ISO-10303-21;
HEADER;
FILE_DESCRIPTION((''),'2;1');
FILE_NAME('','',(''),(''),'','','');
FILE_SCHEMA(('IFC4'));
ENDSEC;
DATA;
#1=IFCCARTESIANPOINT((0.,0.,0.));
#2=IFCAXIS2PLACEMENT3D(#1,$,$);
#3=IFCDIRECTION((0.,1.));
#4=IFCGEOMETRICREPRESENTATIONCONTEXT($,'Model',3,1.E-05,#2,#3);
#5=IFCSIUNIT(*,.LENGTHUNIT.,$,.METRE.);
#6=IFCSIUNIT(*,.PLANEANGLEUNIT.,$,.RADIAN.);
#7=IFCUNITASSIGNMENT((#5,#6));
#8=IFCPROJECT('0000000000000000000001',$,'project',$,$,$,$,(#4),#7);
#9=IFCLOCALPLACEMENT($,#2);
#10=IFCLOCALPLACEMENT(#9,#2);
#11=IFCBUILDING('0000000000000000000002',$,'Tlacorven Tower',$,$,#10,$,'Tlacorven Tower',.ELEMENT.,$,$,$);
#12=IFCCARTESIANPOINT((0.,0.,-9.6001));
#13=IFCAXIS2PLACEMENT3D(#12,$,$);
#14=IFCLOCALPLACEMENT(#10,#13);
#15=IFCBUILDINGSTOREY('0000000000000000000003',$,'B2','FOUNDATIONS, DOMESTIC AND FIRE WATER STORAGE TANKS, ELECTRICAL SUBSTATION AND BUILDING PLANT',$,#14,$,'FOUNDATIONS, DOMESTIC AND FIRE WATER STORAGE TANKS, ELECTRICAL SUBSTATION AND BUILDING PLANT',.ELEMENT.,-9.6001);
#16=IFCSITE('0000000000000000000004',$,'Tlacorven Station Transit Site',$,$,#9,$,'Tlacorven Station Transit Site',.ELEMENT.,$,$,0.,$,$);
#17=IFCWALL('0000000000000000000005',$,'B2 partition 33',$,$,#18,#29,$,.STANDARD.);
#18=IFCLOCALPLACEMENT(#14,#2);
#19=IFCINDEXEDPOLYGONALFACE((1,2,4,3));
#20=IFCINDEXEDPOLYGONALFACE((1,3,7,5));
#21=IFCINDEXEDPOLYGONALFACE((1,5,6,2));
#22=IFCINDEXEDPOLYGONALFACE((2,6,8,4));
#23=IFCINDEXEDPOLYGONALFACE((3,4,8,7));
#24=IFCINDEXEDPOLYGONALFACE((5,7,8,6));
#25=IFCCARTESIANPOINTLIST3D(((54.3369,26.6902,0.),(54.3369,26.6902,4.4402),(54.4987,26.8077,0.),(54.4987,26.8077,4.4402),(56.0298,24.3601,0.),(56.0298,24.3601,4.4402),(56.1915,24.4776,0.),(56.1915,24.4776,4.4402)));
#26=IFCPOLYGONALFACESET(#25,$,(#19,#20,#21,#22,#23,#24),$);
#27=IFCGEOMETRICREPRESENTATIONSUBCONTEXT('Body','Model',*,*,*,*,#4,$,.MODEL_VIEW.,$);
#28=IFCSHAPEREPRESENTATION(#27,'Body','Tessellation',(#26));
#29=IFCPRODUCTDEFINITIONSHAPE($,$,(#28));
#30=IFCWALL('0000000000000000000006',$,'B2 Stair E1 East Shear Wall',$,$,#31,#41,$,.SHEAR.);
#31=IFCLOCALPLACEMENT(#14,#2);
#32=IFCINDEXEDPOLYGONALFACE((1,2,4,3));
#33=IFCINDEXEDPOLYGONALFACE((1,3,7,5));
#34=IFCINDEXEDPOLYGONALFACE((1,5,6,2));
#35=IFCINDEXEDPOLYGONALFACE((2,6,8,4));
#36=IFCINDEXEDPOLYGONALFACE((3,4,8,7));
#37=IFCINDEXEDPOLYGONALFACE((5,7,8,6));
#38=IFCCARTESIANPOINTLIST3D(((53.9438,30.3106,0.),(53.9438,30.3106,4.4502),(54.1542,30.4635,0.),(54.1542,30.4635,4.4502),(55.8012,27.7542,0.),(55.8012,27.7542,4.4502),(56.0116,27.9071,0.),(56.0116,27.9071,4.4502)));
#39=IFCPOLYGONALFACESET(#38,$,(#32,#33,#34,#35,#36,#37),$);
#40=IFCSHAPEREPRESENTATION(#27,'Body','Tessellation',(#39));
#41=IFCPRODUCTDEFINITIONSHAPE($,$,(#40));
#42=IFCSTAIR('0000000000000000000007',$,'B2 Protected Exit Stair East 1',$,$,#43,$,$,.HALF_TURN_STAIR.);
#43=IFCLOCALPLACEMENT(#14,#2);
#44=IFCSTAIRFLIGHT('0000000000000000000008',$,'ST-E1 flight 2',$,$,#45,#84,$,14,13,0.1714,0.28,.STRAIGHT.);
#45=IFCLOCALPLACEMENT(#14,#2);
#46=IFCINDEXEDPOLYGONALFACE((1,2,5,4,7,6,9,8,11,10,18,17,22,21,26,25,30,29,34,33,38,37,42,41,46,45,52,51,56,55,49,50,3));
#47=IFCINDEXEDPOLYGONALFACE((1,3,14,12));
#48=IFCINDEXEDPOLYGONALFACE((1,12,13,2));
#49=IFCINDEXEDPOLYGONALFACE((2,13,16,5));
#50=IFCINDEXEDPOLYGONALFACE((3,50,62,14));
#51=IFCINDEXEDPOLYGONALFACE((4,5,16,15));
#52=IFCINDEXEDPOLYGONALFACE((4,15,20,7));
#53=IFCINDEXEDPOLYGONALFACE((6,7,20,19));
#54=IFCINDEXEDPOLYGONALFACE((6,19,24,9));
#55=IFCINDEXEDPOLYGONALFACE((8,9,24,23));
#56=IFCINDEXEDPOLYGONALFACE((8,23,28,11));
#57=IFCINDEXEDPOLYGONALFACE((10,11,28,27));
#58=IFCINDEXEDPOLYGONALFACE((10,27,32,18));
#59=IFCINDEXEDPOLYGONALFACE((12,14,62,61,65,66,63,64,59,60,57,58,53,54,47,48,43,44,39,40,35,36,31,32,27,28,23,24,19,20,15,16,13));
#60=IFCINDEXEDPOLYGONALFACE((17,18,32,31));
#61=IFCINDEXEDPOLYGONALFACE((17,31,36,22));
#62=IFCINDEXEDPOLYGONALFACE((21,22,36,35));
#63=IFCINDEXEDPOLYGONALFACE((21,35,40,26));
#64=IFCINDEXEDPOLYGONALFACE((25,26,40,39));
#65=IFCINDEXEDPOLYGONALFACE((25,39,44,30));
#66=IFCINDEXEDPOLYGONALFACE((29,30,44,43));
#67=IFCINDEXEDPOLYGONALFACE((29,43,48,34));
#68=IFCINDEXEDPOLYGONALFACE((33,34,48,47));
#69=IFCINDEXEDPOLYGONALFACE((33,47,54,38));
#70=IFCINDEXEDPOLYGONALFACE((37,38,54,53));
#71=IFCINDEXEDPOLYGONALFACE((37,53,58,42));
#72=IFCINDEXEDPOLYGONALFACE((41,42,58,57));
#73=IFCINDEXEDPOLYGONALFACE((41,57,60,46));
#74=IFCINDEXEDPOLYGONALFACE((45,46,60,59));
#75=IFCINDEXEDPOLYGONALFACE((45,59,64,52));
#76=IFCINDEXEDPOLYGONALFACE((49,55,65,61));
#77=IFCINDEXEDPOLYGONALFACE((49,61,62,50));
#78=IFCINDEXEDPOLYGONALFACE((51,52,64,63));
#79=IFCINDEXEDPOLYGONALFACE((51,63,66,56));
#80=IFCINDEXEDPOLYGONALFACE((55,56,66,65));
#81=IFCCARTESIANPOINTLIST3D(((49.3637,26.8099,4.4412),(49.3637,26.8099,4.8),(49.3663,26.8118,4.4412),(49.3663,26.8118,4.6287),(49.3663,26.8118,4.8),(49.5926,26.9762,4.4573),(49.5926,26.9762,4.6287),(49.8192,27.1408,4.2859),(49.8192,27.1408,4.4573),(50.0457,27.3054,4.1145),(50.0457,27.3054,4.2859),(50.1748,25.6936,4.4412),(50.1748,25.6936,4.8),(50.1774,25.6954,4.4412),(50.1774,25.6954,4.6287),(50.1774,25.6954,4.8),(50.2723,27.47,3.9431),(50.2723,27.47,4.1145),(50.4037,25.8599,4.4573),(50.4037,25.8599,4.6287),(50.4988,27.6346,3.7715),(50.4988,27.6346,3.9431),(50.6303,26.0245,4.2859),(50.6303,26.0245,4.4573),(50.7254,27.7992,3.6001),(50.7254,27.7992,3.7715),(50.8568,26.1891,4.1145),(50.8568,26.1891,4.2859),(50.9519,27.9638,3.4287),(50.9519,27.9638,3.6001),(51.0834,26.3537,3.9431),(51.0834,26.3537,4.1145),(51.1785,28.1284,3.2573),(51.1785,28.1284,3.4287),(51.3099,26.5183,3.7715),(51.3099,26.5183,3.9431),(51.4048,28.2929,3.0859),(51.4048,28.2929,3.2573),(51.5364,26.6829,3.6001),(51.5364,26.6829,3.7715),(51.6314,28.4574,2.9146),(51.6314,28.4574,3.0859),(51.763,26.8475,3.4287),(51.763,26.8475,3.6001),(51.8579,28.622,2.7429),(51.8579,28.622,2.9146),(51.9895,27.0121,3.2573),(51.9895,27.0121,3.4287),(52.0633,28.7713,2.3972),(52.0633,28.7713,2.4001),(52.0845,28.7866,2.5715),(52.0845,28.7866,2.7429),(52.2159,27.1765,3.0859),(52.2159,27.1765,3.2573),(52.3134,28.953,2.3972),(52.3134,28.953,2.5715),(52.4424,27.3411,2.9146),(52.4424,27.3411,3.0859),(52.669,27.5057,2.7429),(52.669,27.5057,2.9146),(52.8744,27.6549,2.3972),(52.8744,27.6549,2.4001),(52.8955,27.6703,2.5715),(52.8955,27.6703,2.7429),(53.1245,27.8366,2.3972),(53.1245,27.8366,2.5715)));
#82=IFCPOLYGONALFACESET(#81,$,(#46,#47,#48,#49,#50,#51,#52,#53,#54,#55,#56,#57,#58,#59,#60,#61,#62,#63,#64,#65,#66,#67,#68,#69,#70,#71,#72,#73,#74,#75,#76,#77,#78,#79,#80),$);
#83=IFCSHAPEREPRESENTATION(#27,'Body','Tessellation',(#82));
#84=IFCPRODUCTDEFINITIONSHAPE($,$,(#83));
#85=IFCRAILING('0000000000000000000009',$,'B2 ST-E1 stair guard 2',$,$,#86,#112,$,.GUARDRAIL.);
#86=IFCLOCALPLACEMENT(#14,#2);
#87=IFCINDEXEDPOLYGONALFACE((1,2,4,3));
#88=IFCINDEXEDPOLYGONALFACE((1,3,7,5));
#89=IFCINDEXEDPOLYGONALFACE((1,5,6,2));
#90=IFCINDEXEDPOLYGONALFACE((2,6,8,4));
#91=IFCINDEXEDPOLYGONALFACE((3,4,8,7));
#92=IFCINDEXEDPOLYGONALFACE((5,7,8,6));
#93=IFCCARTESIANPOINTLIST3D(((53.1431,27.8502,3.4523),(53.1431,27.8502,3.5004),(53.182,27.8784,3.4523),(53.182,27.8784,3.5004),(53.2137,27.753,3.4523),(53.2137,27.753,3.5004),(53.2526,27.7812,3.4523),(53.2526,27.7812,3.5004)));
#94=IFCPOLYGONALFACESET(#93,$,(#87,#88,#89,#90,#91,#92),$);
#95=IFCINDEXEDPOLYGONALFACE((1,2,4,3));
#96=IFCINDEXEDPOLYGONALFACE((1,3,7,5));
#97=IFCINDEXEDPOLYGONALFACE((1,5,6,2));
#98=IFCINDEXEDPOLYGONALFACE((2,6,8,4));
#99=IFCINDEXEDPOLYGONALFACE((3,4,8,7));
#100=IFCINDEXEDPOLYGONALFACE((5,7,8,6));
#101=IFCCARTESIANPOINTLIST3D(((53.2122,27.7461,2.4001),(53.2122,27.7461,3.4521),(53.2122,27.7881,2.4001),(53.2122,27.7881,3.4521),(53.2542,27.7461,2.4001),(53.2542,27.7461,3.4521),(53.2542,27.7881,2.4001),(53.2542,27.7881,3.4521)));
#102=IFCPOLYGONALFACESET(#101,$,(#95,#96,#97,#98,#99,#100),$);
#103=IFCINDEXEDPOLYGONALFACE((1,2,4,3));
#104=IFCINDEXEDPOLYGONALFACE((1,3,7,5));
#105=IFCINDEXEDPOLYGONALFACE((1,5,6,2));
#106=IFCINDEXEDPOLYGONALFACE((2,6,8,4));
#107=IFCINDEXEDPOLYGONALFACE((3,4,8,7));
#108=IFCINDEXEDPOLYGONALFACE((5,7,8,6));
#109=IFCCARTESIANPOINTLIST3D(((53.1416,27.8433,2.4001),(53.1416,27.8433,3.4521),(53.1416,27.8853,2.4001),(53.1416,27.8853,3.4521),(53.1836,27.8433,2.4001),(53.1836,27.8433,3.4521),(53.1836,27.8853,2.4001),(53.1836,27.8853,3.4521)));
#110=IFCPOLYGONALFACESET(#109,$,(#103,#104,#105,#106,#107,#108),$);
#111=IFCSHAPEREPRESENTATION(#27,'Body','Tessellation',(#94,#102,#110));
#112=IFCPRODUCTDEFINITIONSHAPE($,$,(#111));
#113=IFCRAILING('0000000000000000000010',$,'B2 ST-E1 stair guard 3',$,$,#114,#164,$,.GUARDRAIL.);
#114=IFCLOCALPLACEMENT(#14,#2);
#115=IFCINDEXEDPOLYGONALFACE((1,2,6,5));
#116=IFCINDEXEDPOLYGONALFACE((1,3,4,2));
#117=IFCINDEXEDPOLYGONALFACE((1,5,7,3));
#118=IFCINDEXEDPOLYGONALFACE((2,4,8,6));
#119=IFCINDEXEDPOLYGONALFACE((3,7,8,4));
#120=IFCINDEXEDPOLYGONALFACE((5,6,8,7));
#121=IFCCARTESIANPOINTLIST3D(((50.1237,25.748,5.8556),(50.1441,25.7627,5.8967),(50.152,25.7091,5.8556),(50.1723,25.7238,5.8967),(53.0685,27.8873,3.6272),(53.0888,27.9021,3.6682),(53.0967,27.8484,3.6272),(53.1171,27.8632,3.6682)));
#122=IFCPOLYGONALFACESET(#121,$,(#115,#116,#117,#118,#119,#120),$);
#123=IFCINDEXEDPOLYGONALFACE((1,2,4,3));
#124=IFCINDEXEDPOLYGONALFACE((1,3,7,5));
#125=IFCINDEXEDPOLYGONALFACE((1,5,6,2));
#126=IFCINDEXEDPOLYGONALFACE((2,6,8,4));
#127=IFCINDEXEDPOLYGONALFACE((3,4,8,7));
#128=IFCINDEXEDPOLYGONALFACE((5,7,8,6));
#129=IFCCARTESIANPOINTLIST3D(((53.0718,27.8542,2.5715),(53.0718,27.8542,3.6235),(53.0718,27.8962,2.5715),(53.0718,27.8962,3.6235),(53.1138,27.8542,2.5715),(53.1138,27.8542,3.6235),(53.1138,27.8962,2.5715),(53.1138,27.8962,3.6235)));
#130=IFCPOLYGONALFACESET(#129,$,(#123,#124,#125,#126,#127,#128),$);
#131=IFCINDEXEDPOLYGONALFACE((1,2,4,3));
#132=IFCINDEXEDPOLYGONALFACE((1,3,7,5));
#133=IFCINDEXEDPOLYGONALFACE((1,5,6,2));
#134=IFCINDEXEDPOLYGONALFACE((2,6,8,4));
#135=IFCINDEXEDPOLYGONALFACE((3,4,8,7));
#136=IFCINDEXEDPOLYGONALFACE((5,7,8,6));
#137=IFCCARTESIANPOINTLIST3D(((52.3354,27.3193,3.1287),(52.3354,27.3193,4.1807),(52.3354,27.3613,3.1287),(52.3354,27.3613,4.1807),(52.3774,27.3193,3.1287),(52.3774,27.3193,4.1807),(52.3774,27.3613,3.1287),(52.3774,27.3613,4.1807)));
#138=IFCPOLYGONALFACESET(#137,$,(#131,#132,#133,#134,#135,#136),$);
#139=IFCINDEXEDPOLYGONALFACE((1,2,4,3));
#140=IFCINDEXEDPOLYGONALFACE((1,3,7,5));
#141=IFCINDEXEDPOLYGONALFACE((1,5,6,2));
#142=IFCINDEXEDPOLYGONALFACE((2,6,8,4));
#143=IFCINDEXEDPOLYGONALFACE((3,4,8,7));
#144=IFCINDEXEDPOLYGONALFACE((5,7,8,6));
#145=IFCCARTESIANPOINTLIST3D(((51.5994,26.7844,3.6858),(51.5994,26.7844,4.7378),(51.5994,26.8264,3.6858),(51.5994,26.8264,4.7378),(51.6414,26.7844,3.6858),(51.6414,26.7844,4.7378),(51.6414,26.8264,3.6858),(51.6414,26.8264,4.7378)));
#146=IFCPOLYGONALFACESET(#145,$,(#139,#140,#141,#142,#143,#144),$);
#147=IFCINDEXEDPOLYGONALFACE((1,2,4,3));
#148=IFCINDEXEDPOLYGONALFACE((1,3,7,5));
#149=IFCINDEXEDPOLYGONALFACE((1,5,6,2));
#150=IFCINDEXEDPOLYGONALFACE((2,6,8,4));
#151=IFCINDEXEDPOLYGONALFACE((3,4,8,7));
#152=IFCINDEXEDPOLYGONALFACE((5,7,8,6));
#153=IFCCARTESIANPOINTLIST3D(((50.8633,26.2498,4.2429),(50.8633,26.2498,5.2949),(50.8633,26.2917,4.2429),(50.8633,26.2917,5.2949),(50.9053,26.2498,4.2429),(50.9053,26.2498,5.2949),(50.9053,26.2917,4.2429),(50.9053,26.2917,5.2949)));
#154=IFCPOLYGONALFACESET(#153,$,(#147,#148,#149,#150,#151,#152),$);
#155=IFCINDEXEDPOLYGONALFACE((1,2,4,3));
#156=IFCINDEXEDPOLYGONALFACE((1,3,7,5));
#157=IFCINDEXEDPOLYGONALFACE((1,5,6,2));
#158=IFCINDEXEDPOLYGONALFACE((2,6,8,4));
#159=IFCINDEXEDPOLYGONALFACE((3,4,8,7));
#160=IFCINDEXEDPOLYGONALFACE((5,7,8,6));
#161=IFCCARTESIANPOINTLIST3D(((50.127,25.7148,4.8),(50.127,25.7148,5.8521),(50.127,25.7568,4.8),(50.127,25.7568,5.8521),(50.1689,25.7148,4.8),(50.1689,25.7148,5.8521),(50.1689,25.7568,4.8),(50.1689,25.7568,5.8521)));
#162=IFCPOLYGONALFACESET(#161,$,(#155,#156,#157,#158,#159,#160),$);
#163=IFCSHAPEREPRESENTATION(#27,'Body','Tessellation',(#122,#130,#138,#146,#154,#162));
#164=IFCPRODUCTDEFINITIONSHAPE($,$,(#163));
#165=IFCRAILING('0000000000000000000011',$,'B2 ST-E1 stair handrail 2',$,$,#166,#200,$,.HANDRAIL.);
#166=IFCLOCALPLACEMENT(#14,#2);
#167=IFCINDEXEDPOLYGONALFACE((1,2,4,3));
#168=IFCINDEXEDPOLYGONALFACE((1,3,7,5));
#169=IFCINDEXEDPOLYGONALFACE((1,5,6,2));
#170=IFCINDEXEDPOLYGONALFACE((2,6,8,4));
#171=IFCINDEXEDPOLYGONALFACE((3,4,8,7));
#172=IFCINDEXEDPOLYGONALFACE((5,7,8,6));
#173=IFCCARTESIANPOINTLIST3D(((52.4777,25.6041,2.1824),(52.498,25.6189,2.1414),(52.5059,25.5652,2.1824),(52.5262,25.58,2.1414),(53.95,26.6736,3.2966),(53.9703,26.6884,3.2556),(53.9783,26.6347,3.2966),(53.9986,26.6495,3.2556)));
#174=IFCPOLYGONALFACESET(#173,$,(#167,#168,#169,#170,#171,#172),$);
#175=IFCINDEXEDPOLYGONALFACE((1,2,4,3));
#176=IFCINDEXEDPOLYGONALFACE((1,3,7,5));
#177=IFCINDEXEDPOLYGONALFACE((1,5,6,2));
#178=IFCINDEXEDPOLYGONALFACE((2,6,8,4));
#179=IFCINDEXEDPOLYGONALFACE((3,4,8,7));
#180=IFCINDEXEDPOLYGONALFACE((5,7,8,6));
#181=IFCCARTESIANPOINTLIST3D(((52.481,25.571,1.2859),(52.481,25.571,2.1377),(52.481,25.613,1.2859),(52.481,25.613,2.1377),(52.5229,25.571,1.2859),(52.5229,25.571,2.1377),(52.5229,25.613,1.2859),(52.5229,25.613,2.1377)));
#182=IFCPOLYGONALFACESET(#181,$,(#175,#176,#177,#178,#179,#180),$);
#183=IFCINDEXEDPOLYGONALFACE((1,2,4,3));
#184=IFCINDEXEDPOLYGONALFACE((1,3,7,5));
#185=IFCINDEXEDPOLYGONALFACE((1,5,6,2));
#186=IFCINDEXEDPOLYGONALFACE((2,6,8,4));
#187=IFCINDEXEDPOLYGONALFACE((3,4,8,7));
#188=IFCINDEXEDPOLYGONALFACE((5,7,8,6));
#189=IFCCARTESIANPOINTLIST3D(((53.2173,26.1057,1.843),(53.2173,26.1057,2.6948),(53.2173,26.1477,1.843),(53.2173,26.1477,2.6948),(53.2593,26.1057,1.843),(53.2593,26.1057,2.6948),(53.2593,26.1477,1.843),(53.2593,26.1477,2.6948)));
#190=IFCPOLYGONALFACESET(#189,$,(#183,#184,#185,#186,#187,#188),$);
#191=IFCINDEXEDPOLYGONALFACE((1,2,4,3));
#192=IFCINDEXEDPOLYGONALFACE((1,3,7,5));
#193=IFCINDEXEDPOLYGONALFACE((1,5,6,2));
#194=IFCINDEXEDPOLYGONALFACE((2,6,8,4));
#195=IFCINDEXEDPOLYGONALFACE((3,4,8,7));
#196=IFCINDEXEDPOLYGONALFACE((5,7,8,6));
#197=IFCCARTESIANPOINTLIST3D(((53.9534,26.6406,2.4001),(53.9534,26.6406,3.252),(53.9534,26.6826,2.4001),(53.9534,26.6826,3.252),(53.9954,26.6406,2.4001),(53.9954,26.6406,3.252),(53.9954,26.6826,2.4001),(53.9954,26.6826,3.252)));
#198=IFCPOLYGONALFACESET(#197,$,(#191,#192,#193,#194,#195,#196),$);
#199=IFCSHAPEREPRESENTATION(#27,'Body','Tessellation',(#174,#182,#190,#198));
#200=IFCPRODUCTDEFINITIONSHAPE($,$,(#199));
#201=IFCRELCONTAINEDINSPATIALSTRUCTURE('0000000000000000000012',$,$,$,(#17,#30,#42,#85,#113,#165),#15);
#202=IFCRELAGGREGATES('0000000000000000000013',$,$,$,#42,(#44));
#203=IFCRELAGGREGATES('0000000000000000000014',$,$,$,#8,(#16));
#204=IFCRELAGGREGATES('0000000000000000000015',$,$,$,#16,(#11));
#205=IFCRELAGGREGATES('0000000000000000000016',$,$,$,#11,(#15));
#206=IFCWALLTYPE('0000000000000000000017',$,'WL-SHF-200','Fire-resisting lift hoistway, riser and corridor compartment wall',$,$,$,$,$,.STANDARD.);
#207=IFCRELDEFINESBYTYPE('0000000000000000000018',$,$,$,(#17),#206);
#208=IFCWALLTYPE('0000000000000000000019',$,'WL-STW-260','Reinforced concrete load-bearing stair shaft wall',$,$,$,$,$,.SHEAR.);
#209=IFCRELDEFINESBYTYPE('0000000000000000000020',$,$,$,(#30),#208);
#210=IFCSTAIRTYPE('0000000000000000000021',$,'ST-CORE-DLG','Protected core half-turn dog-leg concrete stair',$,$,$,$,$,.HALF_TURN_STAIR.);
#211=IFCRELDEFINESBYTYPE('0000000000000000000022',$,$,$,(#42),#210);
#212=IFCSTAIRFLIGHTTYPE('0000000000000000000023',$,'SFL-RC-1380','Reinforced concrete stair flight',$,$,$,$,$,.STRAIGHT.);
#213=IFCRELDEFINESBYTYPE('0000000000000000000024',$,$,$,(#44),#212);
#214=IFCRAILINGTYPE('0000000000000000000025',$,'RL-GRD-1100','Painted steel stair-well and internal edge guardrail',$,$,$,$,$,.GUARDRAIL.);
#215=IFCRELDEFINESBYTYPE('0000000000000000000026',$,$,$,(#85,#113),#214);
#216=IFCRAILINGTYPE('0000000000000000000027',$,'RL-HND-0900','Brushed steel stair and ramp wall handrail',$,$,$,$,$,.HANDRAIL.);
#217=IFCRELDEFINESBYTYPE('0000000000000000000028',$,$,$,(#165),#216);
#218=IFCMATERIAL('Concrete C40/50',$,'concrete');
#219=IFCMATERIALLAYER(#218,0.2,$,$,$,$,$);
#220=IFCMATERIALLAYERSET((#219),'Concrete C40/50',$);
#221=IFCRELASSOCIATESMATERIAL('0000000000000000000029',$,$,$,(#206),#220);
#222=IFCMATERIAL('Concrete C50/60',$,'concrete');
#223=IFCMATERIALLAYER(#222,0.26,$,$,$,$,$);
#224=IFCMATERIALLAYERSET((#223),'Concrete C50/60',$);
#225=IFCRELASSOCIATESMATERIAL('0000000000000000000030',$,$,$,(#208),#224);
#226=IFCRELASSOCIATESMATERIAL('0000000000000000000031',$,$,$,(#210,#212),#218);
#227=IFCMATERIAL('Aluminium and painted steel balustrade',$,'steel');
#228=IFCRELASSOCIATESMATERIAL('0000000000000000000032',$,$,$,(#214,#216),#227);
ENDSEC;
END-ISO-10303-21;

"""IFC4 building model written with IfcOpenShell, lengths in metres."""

from ifc_helpers import new_model, si_unit, direction, frame, frame_2d, origin, origin_2d, place, context, subcontext, project, spatial, polyline, rectangle, outline, extrude, source, transform, mapped, material, layer, layer_set, type_object, element, aggregate, save


model = new_model("IFC4")

# Units and contexts
model_context = context("Model", 3, precision=1e-05, world=origin(), true_north=direction((0.0, 1.0)))
body_context = subcontext(model_context, "Body", "Model", "MODEL_VIEW")
ifc_project = project(units=[si_unit("LENGTHUNIT", "METRE"), si_unit("PLANEANGLEUNIT", "RADIAN")], contexts=[model_context])

# Site, building, storey
site_placement = place(None, origin())
site = spatial("IfcSite", under=ifc_project, at=site_placement, Name="Tlacorven Station Transit Site", LongName="Tlacorven Station Transit Site", CompositionType="ELEMENT", RefElevation=0.0)
building_placement = place(site_placement, origin())
building = spatial("IfcBuilding", under=site, at=building_placement, Name="Tlacorven Tower", LongName="Tlacorven Tower", CompositionType="ELEMENT")
storey_placement = place(building_placement, frame((0.0, 0.0, -9.6001)))
storey = spatial("IfcBuildingStorey", under=building, at=storey_placement, Name="B2", Description="FOUNDATIONS, DOMESTIC AND FIRE WATER STORAGE TANKS, ELECTRICAL SUBSTATION AND BUILDING PLANT", LongName="FOUNDATIONS, DOMESTIC AND FIRE WATER STORAGE TANKS, ELECTRICAL SUBSTATION AND BUILDING PLANT", CompositionType="ELEMENT", Elevation=-9.6001)

# Shared definitions
ifc_material_1 = material(Name="Concrete C50/60", Category="concrete")

# Walls
ifc_material_2 = material(Name="Concrete C40/50", Category="concrete")
ifc_layer_1 = layer(ifc_material_2, 0.2)
ifc_layer_set_1 = layer_set([ifc_layer_1], Name="Concrete C40/50")
wall_type_1 = type_object("IfcWallType", Name="WL-SHF-200", Description="Fire-resisting lift hoistway, riser and corridor compartment wall", PredefinedType="STANDARD", material=ifc_layer_set_1)
wall_1_placement = place(storey_placement, frame((56.1106, 24.4189, 0.0), z_axis=(0.0, 0.0, 1.0), x_axis=(-0.587778, 0.809022, 0.0)))
element("IfcWall", 1, at=wall_1_placement, inside=storey, type_object=wall_type_1, Name="B2 partition 33", PredefinedType="STANDARD", context=body_context, shape_type="SweptSolid", body=[
    extrude(rectangle(XDim=2.8801, YDim=0.2, at=frame_2d((1.4399, 0.0))), origin(), (0.0, 0.0, 1.0), 4.4402),
])
ifc_layer_2 = layer(ifc_material_1, 0.26)
ifc_layer_set_2 = layer_set([ifc_layer_2], Name="Concrete C50/60")
wall_type_2 = type_object("IfcWallType", Name="WL-STW-260", Description="Reinforced concrete load-bearing stair shaft wall", PredefinedType="SHEAR", material=ifc_layer_set_2)
wall_2_placement = place(storey_placement, frame((55.9065, 27.8306, 0.0), z_axis=(0.0, 0.0, 1.0), x_axis=(-0.587804, 0.809003, 0.0)))
element("IfcWall", 2, at=wall_2_placement, inside=storey, type_object=wall_type_2, Name="B2 Stair E1 East Shear Wall", PredefinedType="SHEAR", context=body_context, shape_type="SweptSolid", body=[
    extrude(rectangle(XDim=3.1599, YDim=0.26, at=frame_2d((1.5801, 0.0))), origin(), (0.0, 0.0, 1.0), 4.4502),
])

# Stair, stair flight
stair_type = type_object("IfcStairType", Name="ST-CORE-DLG", Description="Protected core half-turn dog-leg concrete stair", PredefinedType="HALF_TURN_STAIR", material=ifc_material_2)
stair_placement = place(storey_placement, origin())
stair = element("IfcStair", 3, at=stair_placement, inside=storey, type_object=stair_type, Name="B2 Protected Exit Stair East 1", PredefinedType="HALF_TURN_STAIR")
stair_flight_type = type_object("IfcStairFlightType", Name="SFL-RC-1380", Description="Reinforced concrete stair flight", PredefinedType="STRAIGHT", material=ifc_material_2)
shared_shape_1 = source(origin(), body_context, "Body", "SweptSolid", [
    extrude(outline(polyline([(-0.0029, -0.0029), (-0.0029, 0.1714), (0.28, 0.1714), (0.28, 0.3428), (0.5601, 0.3428), (0.5601, 0.5144), (0.8401, 0.5144), (0.8401, 0.6858), (1.1201, 0.6858), (1.1201, 0.8572), (1.3999, 0.8572), (1.3999, 1.0286), (1.6799, 1.0286), (1.6799, 1.2), (1.96, 1.2), (1.96, 1.3713), (2.24, 1.3713), (2.24, 1.543), (2.52, 1.543), (2.52, 1.7144), (2.8, 1.7144), (2.8, 1.8857), (3.0801, 1.8857), (3.0801, 2.0571), (3.3601, 2.0571), (3.3601, 2.2285), (3.6399, 2.2285), (3.6399, 2.3999), (3.6431, 2.3999), (3.6431, 2.041), (3.6399, 2.041), (0.3062, 0.0), (0.3062, -0.0029), (-0.0029, -0.0029)])), frame((0.0, 0.6899, 0.0), z_axis=(0.0, -1.0, 0.0), x_axis=(1.0, 0.0, 0.0)), (0.0, 0.0, 1.0), 1.3799),
])
stair_flight_placement = place(storey_placement, frame((52.7166, 28.3931, 2.4001), z_axis=(0.0, 0.0, 1.0), x_axis=(-0.809017, -0.587785, 0.0)))
stair_flight = element("IfcStairFlight", 4, at=stair_flight_placement, type_object=stair_flight_type, Name="ST-E1 flight 2", NumberOfRisers=14, NumberOfTreads=13, PredefinedType="STRAIGHT", RiserHeight=0.1714, TreadLength=0.28, context=body_context, shape_type="MappedRepresentation", body=[
    mapped(shared_shape_1, transform((0.0, 0.0, 0.0), scale=1.0)),
])
aggregate(stair, [stair_flight])

# Railings
ifc_material_3 = material(Name="Aluminium and painted steel balustrade", Category="steel")
railing_type_1 = type_object("IfcRailingType", Name="RL-GRD-1100", Description="Painted steel stair-well and internal edge guardrail", PredefinedType="GUARDRAIL", material=ifc_material_3)
shared_shape_2 = source(origin(), body_context, "Body", "SweptSolid", [
    extrude(rectangle(XDim=0.0481, YDim=0.0481, at=origin_2d()), frame((0.0, 0.0, 1.0762), z_axis=(-0.587567, 0.809175, 0.0), x_axis=(-0.809175, -0.587567, 0.0)), (0.0, 0.0, 1.0), 0.1201),
    extrude(rectangle(XDim=0.042, YDim=0.042, at=origin_2d()), origin(), (0.0, 0.0, 1.0), 1.052),
    extrude(rectangle(XDim=0.042, YDim=0.042, at=origin_2d()), frame((-0.0706, 0.0972, 0.0)), (0.0, 0.0, 1.0), 1.052),
])
railing_1_placement = place(storey_placement, frame((53.2332, 27.7671, 2.4001)))
element("IfcRailing", 5, at=railing_1_placement, inside=storey, type_object=railing_type_1, Name="B2 ST-E1 stair guard 2", PredefinedType="GUARDRAIL", context=body_context, shape_type="MappedRepresentation", body=[
    mapped(shared_shape_2, transform((0.0, 0.0, 0.0), scale=1.0)),
])
shared_shape_3 = source(origin(), body_context, "Body", "SweptSolid", [
    extrude(rectangle(XDim=0.0481, YDim=0.0481, at=origin_2d()), frame((0.0, 0.0, 1.0762), z_axis=(-0.689987, -0.501273, 0.522152), x_axis=(0.587761, -0.809035, 0.0)), (0.0, 0.0, 1.0), 4.2678),
    extrude(rectangle(XDim=0.042, YDim=0.042, at=origin_2d()), origin(), (0.0, 0.0, 1.0), 1.052),
    extrude(rectangle(XDim=0.042, YDim=0.042, at=origin_2d()), frame((-0.7363, -0.5349, 0.5571)), (0.0, 0.0, 1.0), 1.052),
    extrude(rectangle(XDim=0.042, YDim=0.042, at=origin_2d()), frame((-1.4724, -1.0698, 1.1143)), (0.0, 0.0, 1.0), 1.052),
    extrude(rectangle(XDim=0.042, YDim=0.042, at=origin_2d()), frame((-2.2085, -1.6045, 1.6714)), (0.0, 0.0, 1.0), 1.052),
    extrude(rectangle(XDim=0.042, YDim=0.042, at=origin_2d()), frame((-2.9448, -2.1394, 2.2285)), (0.0, 0.0, 1.0), 1.052),
])
railing_2_placement = place(storey_placement, frame((53.0928, 27.8752, 2.5715)))
element("IfcRailing", 6, at=railing_2_placement, inside=storey, type_object=railing_type_1, Name="B2 ST-E1 stair guard 3", PredefinedType="GUARDRAIL", context=body_context, shape_type="MappedRepresentation", body=[
    mapped(shared_shape_3, transform((0.0, 0.0, 0.0), scale=1.0)),
])
railing_type_2 = type_object("IfcRailingType", Name="RL-HND-0900", Description="Brushed steel stair and ramp wall handrail", PredefinedType="HANDRAIL", material=ifc_material_3)
shared_shape_4 = source(origin(), body_context, "Body", "SweptSolid", [
    extrude(rectangle(XDim=0.0481, YDim=0.0481, at=origin_2d()), frame((0.0, 0.0, 0.876), z_axis=(0.690007, 0.50123, 0.522167), x_axis=(-0.587717, 0.809067, 0.0)), (0.0, 0.0, 1.0), 2.1338),
    extrude(rectangle(XDim=0.042, YDim=0.042, at=origin_2d()), origin(), (0.0, 0.0, 1.0), 0.8518),
    extrude(rectangle(XDim=0.042, YDim=0.042, at=origin_2d()), frame((0.7363, 0.5347, 0.5571)), (0.0, 0.0, 1.0), 0.8518),
    extrude(rectangle(XDim=0.042, YDim=0.042, at=origin_2d()), frame((1.4724, 1.0696, 1.1143)), (0.0, 0.0, 1.0), 0.8518),
])
railing_3_placement = place(storey_placement, frame((52.502, 25.592, 1.2859)))
element("IfcRailing", 7, at=railing_3_placement, inside=storey, type_object=railing_type_2, Name="B2 ST-E1 stair handrail 2", PredefinedType="HANDRAIL", context=body_context, shape_type="MappedRepresentation", body=[
    mapped(shared_shape_4, transform((0.0, 0.0, 0.0), scale=1.0)),
])

save(model, "model.ifc")
